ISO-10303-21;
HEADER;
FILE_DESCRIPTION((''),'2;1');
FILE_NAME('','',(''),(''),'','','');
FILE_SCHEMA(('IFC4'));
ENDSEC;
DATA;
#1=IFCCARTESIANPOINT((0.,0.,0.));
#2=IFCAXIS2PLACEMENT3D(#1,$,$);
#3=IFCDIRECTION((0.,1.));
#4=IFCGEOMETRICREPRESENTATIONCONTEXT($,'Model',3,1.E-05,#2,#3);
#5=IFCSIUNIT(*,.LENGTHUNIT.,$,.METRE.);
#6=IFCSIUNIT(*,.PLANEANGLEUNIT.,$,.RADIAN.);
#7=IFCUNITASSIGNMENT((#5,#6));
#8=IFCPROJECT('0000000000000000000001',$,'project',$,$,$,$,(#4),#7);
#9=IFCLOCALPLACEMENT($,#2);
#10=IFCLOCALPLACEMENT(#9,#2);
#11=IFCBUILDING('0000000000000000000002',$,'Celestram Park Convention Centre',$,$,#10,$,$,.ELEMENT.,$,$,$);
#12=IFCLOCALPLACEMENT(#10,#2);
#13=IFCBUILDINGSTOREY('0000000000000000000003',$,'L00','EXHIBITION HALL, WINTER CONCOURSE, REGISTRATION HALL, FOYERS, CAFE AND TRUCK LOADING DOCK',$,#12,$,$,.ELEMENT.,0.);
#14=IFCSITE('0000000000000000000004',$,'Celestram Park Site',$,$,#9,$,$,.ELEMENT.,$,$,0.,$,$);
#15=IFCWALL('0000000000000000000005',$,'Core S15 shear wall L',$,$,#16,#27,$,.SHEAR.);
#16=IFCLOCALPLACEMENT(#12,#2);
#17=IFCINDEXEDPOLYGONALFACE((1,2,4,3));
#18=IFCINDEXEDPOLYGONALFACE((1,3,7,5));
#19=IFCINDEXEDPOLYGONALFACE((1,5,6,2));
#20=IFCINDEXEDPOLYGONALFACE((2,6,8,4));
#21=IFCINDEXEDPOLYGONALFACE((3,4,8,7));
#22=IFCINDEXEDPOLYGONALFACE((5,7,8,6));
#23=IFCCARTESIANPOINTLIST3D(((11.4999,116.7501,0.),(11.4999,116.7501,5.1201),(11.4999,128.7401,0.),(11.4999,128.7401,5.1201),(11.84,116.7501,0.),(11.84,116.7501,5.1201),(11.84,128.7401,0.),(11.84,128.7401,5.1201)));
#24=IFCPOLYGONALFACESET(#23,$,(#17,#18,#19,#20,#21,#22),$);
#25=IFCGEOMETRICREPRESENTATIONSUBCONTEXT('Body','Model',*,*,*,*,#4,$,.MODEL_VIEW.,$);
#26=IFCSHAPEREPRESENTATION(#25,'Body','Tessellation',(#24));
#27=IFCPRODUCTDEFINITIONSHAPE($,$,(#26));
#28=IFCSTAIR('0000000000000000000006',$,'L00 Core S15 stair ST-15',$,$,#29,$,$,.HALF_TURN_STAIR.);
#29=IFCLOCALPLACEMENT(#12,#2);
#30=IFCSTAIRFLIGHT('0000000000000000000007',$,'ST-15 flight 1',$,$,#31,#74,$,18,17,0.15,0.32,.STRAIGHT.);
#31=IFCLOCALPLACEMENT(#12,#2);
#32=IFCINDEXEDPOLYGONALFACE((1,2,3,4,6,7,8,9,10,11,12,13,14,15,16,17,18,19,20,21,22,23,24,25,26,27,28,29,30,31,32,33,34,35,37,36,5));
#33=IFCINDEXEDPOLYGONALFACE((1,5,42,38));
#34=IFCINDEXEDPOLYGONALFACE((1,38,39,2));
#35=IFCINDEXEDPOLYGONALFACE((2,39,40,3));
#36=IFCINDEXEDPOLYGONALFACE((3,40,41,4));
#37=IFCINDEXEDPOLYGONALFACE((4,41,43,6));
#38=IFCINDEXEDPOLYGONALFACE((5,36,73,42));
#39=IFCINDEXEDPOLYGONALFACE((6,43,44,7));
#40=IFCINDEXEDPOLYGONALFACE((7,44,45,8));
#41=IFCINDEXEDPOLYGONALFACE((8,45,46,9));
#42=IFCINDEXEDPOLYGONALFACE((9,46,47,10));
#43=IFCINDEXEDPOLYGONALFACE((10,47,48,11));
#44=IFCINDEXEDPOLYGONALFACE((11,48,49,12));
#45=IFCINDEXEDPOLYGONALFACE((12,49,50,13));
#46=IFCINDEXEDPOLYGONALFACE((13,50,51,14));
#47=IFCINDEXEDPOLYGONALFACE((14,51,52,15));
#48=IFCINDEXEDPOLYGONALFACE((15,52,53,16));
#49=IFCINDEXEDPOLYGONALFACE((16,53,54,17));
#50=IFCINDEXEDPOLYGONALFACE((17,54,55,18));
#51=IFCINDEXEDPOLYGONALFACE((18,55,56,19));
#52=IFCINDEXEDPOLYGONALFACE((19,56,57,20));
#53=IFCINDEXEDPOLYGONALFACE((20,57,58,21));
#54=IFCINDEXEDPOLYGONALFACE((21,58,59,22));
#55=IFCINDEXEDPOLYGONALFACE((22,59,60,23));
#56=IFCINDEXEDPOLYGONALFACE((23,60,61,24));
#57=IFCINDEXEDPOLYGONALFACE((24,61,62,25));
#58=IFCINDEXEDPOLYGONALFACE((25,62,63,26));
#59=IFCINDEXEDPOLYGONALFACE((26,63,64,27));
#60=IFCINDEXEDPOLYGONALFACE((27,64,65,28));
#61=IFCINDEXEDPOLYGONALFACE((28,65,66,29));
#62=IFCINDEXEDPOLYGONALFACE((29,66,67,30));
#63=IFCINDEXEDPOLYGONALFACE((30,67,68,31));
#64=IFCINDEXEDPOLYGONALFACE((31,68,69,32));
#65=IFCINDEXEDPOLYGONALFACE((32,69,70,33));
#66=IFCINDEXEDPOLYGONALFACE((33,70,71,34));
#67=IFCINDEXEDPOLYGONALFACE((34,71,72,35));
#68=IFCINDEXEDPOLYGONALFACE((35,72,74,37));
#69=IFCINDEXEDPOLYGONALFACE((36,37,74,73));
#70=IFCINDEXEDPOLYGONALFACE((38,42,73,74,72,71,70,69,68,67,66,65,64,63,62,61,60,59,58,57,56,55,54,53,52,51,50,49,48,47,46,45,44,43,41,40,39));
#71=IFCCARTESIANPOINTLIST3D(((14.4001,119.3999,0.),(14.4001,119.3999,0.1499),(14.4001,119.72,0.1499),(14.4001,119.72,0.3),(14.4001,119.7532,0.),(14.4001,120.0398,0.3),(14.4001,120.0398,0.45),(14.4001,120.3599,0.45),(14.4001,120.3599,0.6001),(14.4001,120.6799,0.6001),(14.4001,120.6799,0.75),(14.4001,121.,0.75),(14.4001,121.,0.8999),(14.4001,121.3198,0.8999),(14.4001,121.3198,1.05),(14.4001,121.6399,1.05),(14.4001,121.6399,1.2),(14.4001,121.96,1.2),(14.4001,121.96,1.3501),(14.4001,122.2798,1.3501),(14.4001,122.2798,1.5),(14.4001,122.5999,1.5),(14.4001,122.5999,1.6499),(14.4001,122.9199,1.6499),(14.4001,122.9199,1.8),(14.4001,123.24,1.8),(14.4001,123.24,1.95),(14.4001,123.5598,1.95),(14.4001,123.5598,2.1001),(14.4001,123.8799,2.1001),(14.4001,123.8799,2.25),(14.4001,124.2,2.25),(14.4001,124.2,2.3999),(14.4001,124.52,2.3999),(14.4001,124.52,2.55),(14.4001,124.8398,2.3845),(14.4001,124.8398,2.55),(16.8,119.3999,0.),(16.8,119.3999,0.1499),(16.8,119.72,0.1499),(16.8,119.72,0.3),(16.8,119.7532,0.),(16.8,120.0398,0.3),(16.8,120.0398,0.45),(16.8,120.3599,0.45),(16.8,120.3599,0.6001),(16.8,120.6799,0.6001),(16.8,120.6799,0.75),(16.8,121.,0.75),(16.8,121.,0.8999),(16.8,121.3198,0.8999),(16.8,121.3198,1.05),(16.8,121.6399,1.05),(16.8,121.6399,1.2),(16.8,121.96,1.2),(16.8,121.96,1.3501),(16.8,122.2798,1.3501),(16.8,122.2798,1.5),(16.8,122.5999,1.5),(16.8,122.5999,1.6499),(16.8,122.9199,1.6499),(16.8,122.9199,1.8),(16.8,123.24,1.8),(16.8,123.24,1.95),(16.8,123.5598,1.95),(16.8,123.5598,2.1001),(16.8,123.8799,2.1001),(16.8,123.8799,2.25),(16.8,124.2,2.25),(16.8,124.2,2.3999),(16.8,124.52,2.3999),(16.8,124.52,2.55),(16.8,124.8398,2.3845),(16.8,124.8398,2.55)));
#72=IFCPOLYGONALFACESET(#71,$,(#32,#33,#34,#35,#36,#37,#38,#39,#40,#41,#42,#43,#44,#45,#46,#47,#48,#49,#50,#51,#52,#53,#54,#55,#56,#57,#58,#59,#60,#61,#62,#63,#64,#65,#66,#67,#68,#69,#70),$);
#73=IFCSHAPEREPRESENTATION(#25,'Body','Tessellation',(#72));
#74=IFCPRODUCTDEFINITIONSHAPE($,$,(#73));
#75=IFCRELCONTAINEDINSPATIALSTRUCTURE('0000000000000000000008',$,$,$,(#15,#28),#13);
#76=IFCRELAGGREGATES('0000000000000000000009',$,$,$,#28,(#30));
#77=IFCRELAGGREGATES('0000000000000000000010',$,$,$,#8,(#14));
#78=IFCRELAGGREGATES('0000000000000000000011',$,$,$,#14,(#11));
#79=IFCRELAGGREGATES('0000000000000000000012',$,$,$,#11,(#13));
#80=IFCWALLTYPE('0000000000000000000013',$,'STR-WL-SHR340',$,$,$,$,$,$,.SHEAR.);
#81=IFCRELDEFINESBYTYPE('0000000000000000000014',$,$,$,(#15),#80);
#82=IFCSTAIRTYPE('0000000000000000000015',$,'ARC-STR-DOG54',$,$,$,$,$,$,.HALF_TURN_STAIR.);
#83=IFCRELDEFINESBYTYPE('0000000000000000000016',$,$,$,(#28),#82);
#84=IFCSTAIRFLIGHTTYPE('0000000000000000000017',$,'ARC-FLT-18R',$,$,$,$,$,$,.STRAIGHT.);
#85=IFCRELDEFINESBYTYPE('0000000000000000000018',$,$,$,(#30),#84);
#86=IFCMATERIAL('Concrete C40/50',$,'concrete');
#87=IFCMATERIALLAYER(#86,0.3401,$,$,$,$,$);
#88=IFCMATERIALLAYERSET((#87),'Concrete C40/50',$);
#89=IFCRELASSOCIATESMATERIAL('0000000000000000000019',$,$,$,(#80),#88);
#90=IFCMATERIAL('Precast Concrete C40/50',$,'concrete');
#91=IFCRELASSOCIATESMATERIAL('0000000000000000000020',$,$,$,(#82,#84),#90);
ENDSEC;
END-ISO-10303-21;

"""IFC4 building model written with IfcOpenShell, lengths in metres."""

from ifc_helpers import new_model, si_unit, direction, frame, frame_2d, origin, place, context, subcontext, project, spatial, polyline, rectangle, outline, extrude, material, layer, layer_set, type_object, element, aggregate, save


model = new_model("IFC4")

# Units and contexts
model_context = context("Model", 3, precision=1e-05, world=origin(), true_north=direction((0.0, 1.0)))
body_context = subcontext(model_context, "Body", "Model", "MODEL_VIEW")
ifc_project = project(units=[si_unit("LENGTHUNIT", "METRE"), si_unit("PLANEANGLEUNIT", "RADIAN")], contexts=[model_context])

# Site, building, storey
site_placement = place(None, origin())
site = spatial("IfcSite", under=ifc_project, at=site_placement, Name="Celestram Park Site", CompositionType="ELEMENT", RefElevation=0.0)
building_placement = place(site_placement, origin())
building = spatial("IfcBuilding", under=site, at=building_placement, Name="Celestram Park Convention Centre", CompositionType="ELEMENT")
storey_placement = place(building_placement, origin())
storey = spatial("IfcBuildingStorey", under=building, at=storey_placement, Name="L00", Description="EXHIBITION HALL, WINTER CONCOURSE, REGISTRATION HALL, FOYERS, CAFE AND TRUCK LOADING DOCK", CompositionType="ELEMENT", Elevation=0.0)

# Shared definitions
ifc_material_1 = material(Name="Concrete C40/50", Category="concrete")

# Shared definitions
ifc_material_2 = material(Name="Precast Concrete C40/50", Category="concrete")

# Wall
ifc_layer_1 = layer(ifc_material_1, 0.3401)
ifc_layer_set_1 = layer_set([ifc_layer_1], Name="Concrete C40/50")
wall_type_1 = type_object("IfcWallType", Name="STR-WL-SHR340", PredefinedType="SHEAR", material=ifc_layer_set_1)
wall_1_placement = place(storey_placement, frame((11.6699, 116.75, 0.0), z_axis=(0.0, 0.0, 1.0), x_axis=(0.0, 1.0, 0.0)))
element("IfcWall", 1, at=wall_1_placement, inside=storey, type_object=wall_type_1, Name="Core S15 shear wall L", PredefinedType="SHEAR", context=body_context, shape_type="SweptSolid", body=[
    extrude(rectangle(XDim=11.99, YDim=0.3401, at=frame_2d((5.9951, 0.0))), origin(), (0.0, 0.0, 1.0), 5.1201),
])

# Stair, stair flight
stair_type = type_object("IfcStairType", Name="ARC-STR-DOG54", PredefinedType="HALF_TURN_STAIR", material=ifc_material_2)
stair_placement = place(storey_placement, origin())
stair = element("IfcStair", 2, at=stair_placement, inside=storey, type_object=stair_type, Name="L00 Core S15 stair ST-15", PredefinedType="HALF_TURN_STAIR")
stair_flight_type = type_object("IfcStairFlightType", Name="ARC-FLT-18R", PredefinedType="STRAIGHT", material=ifc_material_2)
stair_flight_placement = place(storey_placement, frame((15.6001, 119.3999, 0.0), z_axis=(0.0, 0.0, 1.0), x_axis=(0.0, 1.0, 0.0)))
stair_flight = element("IfcStairFlight", 3, at=stair_flight_placement, type_object=stair_flight_type, Name="ST-15 flight 1", NumberOfRisers=18, NumberOfTreads=17, PredefinedType="STRAIGHT", RiserHeight=0.15, TreadLength=0.32, context=body_context, shape_type="SweptSolid", body=[
    extrude(outline(polyline([(0.0, 0.0), (0.0, 0.1499), (0.3201, 0.1499), (0.3201, 0.3), (0.6399, 0.3), (0.6399, 0.45), (0.96, 0.45), (0.96, 0.6001), (1.28, 0.6001), (1.28, 0.75), (1.6001, 0.75), (1.6001, 0.8999), (1.9199, 0.8999), (1.9199, 1.05), (2.24, 1.05), (2.24, 1.2), (2.5601, 1.2), (2.5601, 1.3501), (2.8799, 1.3501), (2.8799, 1.5), (3.2, 1.5), (3.2, 1.6499), (3.52, 1.6499), (3.52, 1.8), (3.8401, 1.8), (3.8401, 1.95), (4.1599, 1.95), (4.1599, 2.1001), (4.48, 2.1001), (4.48, 2.25), (4.8, 2.25), (4.8, 2.3999), (5.1201, 2.3999), (5.1201, 2.55), (5.4399, 2.55), (5.4399, 2.7), (5.4399, 2.3845), (0.3533, 0.0), (0.0, 0.0)])), frame((0.0, 1.2, 0.0), z_axis=(0.0, -1.0, 0.0), x_axis=(1.0, 0.0, 0.0)), (0.0, 0.0, 1.0), 2.3999),
])
aggregate(stair, [stair_flight])

save(model, "model.ifc")
